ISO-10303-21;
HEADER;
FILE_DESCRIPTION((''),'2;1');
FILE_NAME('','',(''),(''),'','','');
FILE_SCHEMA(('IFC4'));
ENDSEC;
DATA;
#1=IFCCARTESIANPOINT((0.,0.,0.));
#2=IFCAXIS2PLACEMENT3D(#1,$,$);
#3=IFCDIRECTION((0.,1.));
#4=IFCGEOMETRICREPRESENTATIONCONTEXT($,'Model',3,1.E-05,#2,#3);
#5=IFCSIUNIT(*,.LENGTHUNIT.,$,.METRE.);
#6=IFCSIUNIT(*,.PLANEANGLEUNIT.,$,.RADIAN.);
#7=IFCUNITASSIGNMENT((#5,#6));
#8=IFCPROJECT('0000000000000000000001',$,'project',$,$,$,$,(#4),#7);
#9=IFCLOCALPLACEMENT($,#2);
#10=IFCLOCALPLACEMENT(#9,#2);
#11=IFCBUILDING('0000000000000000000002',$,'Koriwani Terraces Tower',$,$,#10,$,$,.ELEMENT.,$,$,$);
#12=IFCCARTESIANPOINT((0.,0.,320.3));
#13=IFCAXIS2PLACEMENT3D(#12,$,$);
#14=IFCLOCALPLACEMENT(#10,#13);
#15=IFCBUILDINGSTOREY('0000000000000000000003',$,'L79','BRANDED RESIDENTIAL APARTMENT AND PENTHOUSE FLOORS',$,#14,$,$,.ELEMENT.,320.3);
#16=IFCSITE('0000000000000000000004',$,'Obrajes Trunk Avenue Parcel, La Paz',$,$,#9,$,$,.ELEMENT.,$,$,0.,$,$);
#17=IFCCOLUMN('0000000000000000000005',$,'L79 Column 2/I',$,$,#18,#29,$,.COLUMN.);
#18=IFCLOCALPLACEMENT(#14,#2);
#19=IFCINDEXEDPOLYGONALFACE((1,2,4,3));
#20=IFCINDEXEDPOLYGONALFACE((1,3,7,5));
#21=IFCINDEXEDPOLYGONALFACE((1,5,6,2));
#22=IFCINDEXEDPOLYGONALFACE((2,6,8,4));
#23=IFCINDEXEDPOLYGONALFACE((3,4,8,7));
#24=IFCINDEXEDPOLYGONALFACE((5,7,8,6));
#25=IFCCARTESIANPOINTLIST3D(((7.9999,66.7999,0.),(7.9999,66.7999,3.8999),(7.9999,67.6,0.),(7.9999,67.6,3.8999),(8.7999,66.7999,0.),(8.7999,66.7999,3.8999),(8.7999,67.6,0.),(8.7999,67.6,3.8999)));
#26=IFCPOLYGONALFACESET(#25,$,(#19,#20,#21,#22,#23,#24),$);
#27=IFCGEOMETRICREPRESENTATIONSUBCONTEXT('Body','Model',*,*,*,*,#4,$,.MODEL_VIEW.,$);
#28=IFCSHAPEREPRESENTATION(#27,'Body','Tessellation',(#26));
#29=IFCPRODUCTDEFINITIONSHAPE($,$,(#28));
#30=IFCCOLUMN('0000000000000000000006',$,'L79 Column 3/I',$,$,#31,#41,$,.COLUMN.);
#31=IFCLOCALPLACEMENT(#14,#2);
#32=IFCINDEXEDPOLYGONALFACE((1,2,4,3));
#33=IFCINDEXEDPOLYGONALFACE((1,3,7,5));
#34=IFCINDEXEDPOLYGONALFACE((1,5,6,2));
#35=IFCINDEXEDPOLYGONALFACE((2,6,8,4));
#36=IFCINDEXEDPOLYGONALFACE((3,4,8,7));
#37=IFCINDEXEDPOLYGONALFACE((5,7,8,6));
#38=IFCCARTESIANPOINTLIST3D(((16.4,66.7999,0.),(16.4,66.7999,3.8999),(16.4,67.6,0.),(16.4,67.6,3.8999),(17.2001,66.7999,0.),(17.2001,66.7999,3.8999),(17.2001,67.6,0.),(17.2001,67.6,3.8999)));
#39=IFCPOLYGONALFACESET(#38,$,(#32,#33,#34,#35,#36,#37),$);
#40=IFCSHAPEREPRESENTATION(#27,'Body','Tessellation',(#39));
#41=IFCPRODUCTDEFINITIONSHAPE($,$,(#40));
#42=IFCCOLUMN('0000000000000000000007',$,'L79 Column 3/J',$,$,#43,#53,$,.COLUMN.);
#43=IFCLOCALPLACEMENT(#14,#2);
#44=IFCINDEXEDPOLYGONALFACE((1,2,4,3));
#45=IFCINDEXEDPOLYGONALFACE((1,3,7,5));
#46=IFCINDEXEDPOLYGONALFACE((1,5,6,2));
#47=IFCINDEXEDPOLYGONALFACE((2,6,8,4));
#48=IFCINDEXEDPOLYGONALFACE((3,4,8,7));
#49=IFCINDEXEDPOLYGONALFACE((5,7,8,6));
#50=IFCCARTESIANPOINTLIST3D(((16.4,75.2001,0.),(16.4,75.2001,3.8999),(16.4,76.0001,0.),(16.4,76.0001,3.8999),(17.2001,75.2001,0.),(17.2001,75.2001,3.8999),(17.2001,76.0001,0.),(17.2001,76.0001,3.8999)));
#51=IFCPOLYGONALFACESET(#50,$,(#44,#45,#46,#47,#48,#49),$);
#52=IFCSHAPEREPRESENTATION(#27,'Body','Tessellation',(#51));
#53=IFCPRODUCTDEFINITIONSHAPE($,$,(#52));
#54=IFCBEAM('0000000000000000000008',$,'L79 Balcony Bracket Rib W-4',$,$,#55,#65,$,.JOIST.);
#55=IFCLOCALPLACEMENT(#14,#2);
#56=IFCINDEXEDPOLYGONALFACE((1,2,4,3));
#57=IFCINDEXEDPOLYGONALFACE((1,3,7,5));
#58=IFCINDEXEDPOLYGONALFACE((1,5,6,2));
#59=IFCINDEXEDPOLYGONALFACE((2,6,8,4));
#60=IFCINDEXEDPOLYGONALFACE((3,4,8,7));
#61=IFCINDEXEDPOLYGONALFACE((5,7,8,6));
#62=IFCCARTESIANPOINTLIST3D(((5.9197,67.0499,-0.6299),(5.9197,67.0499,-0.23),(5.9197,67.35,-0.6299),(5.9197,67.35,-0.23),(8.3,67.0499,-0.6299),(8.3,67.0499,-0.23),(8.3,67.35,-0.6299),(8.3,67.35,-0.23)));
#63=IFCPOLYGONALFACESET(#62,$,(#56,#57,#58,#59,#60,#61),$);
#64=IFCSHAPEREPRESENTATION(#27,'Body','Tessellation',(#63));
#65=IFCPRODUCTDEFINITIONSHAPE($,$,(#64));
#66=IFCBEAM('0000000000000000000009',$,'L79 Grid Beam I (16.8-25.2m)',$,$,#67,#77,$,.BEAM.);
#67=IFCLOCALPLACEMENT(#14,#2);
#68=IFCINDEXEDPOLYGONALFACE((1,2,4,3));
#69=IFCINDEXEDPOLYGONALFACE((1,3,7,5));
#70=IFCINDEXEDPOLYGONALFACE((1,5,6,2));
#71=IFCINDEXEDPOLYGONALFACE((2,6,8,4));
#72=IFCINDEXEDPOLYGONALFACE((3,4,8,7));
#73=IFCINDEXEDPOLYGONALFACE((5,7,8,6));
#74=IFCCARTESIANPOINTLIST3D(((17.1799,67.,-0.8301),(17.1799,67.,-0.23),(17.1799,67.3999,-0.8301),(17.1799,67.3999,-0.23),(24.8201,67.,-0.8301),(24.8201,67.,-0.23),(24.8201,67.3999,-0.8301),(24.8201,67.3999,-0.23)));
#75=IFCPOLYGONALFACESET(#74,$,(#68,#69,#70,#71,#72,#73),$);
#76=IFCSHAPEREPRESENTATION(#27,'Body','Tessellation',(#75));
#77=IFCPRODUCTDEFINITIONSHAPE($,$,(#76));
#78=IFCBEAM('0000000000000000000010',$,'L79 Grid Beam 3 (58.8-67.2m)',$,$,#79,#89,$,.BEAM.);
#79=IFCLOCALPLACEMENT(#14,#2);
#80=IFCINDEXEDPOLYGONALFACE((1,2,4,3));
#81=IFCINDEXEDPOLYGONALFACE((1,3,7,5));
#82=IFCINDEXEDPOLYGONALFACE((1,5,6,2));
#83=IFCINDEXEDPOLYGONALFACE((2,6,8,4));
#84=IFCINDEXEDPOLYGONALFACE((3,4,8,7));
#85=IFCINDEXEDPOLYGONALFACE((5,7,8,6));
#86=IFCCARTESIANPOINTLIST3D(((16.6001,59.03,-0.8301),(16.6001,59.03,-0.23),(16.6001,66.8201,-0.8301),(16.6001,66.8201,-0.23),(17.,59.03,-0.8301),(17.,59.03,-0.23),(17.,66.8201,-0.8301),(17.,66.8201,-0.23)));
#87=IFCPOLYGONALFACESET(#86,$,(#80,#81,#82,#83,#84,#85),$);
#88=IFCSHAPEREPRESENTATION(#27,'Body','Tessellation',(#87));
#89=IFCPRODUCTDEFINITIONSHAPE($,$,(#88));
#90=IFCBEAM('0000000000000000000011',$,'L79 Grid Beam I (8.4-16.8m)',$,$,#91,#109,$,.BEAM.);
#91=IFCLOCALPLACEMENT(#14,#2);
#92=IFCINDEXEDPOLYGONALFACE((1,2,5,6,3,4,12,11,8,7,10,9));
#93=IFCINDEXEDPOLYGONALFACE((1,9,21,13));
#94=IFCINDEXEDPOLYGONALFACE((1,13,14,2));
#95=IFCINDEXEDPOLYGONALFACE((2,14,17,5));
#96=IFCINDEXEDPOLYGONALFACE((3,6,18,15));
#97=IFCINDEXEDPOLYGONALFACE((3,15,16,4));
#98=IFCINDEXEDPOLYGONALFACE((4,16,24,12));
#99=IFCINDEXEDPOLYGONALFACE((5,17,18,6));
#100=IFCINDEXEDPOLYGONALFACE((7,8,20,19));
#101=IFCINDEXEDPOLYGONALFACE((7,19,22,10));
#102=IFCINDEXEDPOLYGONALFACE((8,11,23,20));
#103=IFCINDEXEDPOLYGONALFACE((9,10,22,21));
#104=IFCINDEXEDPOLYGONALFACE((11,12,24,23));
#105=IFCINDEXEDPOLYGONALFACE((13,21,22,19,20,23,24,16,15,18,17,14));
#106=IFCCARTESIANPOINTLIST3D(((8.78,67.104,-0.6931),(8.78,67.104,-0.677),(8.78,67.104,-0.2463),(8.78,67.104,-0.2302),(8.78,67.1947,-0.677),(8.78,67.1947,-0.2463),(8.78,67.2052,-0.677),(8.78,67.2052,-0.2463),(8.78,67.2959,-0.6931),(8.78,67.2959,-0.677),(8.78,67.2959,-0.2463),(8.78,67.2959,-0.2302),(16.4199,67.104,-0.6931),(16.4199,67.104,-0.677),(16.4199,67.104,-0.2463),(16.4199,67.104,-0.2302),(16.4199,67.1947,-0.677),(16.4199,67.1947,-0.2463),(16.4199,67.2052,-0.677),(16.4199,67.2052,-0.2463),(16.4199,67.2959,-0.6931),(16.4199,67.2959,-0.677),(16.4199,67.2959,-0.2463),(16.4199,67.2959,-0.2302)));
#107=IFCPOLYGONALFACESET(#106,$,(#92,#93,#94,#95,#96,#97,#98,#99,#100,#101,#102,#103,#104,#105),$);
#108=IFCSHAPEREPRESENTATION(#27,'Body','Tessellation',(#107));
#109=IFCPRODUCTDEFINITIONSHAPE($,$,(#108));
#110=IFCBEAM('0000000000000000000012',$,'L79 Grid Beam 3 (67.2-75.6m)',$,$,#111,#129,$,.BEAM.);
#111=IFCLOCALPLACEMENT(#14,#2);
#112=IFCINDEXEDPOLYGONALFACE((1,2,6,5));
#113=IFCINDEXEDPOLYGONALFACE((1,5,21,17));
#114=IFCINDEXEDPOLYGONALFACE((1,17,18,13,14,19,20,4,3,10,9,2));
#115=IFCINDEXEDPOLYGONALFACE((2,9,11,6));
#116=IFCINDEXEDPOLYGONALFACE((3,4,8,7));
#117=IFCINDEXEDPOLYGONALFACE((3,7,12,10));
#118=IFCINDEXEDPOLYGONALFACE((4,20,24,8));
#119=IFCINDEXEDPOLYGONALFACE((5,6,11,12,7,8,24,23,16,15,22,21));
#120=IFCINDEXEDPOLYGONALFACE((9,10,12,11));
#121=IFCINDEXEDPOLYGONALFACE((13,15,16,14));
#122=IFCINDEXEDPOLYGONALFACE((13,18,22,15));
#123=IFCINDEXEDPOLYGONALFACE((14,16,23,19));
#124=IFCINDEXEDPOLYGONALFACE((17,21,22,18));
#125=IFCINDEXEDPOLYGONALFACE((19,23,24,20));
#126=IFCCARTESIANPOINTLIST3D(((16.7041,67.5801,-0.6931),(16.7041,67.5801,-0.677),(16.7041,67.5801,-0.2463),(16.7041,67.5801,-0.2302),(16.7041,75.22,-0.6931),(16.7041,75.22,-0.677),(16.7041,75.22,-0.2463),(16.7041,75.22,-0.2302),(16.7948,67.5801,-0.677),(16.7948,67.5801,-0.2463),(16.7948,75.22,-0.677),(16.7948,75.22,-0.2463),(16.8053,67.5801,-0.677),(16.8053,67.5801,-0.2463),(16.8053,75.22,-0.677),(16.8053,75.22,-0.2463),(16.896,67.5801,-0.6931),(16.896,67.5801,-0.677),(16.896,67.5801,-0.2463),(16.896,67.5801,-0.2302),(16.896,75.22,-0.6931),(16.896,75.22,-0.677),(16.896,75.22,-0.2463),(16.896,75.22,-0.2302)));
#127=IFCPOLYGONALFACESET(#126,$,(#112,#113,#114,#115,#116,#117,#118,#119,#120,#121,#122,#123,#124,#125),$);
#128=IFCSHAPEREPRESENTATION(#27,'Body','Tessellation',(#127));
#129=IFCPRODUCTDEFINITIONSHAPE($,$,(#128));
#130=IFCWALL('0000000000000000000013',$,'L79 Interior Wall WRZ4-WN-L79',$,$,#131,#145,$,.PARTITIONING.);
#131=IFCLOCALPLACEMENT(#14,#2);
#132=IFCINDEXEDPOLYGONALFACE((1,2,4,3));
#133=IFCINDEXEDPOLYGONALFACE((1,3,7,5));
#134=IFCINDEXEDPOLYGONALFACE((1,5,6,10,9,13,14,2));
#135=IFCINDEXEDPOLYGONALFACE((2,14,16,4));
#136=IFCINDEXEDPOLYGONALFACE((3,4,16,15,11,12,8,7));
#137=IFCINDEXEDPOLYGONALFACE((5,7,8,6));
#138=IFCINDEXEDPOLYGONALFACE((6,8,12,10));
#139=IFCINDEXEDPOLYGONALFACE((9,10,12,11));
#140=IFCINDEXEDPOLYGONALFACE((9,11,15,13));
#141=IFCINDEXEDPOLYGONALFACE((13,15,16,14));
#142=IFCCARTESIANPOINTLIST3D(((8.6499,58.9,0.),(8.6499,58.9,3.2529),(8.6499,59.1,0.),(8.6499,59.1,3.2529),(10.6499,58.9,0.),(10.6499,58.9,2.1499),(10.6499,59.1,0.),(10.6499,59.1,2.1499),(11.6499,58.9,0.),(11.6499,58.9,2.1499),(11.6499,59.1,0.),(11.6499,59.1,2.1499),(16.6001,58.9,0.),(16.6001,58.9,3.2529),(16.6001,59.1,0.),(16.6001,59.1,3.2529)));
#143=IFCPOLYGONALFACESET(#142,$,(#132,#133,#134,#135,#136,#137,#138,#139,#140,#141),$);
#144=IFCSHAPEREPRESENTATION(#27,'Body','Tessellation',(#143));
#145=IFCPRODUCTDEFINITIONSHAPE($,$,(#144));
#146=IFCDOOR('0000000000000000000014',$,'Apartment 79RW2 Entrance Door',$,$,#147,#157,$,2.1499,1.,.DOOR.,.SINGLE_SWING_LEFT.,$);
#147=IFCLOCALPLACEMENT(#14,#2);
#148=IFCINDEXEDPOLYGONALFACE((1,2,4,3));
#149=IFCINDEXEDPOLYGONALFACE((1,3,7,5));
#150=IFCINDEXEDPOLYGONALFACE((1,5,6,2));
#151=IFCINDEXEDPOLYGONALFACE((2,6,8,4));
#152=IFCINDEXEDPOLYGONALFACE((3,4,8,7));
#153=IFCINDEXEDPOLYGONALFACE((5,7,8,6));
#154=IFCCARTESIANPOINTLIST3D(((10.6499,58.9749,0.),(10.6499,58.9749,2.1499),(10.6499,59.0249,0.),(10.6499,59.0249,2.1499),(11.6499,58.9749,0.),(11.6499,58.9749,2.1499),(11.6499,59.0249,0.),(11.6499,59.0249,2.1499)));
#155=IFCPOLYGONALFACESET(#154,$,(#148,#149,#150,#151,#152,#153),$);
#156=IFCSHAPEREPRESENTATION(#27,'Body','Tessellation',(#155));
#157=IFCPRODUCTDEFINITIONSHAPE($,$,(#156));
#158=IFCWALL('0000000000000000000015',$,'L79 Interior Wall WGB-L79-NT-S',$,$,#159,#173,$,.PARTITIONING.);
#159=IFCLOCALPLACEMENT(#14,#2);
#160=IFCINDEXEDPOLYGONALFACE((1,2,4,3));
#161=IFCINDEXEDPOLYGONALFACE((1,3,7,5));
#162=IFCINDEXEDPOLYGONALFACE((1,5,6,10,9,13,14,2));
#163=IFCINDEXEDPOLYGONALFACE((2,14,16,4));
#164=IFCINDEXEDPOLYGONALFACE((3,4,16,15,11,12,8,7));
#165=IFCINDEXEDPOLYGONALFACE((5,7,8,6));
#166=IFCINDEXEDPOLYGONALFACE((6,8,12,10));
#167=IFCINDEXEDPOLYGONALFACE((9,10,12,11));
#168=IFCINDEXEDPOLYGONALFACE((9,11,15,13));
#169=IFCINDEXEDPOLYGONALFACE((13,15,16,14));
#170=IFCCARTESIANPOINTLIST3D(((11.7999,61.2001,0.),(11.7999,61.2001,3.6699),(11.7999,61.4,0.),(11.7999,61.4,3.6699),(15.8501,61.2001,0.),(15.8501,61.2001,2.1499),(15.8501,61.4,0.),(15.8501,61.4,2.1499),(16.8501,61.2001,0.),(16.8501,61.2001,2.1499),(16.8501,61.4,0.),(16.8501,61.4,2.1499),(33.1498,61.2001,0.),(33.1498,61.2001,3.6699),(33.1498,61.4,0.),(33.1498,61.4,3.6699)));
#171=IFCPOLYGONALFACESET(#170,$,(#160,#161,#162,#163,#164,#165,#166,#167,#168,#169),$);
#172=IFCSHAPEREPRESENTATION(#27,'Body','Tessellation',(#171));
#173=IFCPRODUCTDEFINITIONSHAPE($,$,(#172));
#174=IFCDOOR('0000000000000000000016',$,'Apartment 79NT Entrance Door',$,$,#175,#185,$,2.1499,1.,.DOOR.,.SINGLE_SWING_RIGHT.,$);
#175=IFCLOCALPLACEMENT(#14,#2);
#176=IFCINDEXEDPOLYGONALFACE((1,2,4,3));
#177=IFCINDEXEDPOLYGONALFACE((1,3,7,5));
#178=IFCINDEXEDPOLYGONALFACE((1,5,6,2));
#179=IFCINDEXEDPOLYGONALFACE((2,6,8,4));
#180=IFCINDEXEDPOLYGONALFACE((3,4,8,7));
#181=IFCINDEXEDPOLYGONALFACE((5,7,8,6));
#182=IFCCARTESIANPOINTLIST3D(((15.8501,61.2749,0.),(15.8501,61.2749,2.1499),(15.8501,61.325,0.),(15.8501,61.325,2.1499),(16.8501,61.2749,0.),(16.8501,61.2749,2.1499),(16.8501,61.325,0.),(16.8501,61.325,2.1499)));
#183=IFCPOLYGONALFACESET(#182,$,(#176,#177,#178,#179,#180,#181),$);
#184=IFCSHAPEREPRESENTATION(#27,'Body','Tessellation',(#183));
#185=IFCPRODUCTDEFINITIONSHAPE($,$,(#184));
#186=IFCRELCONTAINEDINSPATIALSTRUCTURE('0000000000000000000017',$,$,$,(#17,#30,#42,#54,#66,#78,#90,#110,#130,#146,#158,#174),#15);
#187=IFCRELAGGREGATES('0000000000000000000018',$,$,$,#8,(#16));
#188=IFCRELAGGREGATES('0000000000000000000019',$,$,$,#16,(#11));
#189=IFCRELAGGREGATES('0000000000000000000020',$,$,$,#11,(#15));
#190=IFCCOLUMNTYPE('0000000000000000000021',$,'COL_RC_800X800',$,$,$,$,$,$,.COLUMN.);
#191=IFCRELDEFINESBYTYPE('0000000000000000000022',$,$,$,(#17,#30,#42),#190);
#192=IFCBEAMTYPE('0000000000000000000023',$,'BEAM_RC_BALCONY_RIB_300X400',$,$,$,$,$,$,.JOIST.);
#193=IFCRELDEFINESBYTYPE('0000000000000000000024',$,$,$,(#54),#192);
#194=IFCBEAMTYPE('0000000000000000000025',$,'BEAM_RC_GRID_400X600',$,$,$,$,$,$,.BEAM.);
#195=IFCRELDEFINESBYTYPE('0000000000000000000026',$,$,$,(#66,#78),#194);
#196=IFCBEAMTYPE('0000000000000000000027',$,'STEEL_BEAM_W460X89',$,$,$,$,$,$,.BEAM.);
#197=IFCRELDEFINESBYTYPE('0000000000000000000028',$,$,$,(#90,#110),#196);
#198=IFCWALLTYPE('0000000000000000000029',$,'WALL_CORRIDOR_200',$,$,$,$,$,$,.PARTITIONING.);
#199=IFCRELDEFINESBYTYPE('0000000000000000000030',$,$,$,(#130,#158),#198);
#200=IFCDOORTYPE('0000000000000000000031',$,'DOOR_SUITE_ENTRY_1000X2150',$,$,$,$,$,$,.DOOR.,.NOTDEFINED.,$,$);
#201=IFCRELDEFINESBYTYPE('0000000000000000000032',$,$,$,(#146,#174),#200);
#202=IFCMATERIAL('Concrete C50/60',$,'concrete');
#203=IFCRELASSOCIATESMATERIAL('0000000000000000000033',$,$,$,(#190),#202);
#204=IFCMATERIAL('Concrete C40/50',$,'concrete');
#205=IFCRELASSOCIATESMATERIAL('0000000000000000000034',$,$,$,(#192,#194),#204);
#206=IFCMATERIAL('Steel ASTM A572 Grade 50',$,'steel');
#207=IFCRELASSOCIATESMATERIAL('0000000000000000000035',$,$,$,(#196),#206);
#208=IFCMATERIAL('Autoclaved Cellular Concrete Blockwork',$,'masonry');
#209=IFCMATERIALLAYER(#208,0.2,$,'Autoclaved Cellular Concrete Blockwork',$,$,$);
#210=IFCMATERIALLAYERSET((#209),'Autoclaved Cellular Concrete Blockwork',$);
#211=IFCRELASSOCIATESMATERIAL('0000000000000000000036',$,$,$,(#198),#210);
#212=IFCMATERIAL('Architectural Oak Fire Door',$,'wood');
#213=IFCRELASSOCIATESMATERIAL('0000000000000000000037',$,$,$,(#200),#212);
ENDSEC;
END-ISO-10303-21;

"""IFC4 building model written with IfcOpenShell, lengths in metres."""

from ifc_helpers import new_model, si_unit, direction, frame, frame_2d, origin, origin_2d, place, context, subcontext, project, spatial, rectangle, i_section, extrude, material, layer, layer_set, material_profile, profile_set, type_object, element, fill, save


model = new_model("IFC4")

# Units and contexts
model_context = context("Model", 3, precision=1e-05, world=origin(), true_north=direction((0.0, 1.0)))
body_context = subcontext(model_context, "Body", "Model", "MODEL_VIEW")
ifc_project = project(units=[si_unit("LENGTHUNIT", "METRE"), si_unit("PLANEANGLEUNIT", "RADIAN")], contexts=[model_context])

# Site, building, storey
site_placement = place(None, origin())
site = spatial("IfcSite", under=ifc_project, at=site_placement, Name="Obrajes Trunk Avenue Parcel, La Paz", CompositionType="ELEMENT", RefElevation=0.0)
building_placement = place(site_placement, origin())
building = spatial("IfcBuilding", under=site, at=building_placement, Name="Koriwani Terraces Tower", CompositionType="ELEMENT")
storey_placement = place(building_placement, frame((0.0, 0.0, 320.3)))
storey = spatial("IfcBuildingStorey", under=building, at=storey_placement, Name="L79", Description="BRANDED RESIDENTIAL APARTMENT AND PENTHOUSE FLOORS", CompositionType="ELEMENT", Elevation=320.3)

# Columns
ifc_material_1 = material(Name="Concrete C50/60", Category="concrete")
ifc_material_profile_1 = material_profile(ifc_material_1, rectangle(XDim=0.8, YDim=0.8, at=origin_2d()), Name="Concrete C50/60", Category="LoadBearing")
ifc_profile_set_1 = profile_set([ifc_material_profile_1], Name="Concrete C50/60")
column_type = type_object("IfcColumnType", Name="COL_RC_800X800", PredefinedType="COLUMN", material=ifc_profile_set_1)
for number, where, z_axis, x_axis, name in (
    (1, (8.3999, 67.2, 0.0), (0.0, 0.0, 1.0), (1.0, 0.0, 0.0), "L79 Column 2/I"),
    (2, (16.8, 67.2, 0.0), (0.0, 0.0, 1.0), (1.0, 0.0, 0.0), "L79 Column 3/I"),
    (3, (16.8, 75.6001, 0.0), (0.0, 0.0, 1.0), (1.0, 0.0, 0.0), "L79 Column 3/J"),
):
    element("IfcColumn", number, at=place(storey_placement, frame(where, z_axis=z_axis, x_axis=x_axis)), inside=storey, type_object=column_type, Name=name, PredefinedType="COLUMN", context=body_context, shape_type="SweptSolid", body=[
        extrude(rectangle(XDim=0.8, YDim=0.8, at=origin_2d()), origin(), (0.0, 0.0, 1.0), 3.8999),
    ])

# Beams
ifc_material_2 = material(Name="Concrete C40/50", Category="concrete")
ifc_material_profile_2 = material_profile(ifc_material_2, rectangle(XDim=0.3, YDim=0.3999, at=origin_2d()), Name="Concrete C40/50", Category="LoadBearing")
ifc_profile_set_2 = profile_set([ifc_material_profile_2], Name="Concrete C40/50")
beam_type_1 = type_object("IfcBeamType", Name="BEAM_RC_BALCONY_RIB_300X400", PredefinedType="JOIST", material=ifc_profile_set_2)
beam_1_placement = place(storey_placement, frame((5.9197, 67.2, -0.4299), z_axis=(1.0, 0.0, 0.0), x_axis=(0.0, 1.0, 0.0)))
element("IfcBeam", 4, at=beam_1_placement, inside=storey, type_object=beam_type_1, Name="L79 Balcony Bracket Rib W-4", PredefinedType="JOIST", context=body_context, shape_type="SweptSolid", body=[
    extrude(rectangle(XDim=0.3, YDim=0.3999, at=origin_2d()), origin(), (0.0, 0.0, 1.0), 2.3804),
])
ifc_material_profile_3 = material_profile(ifc_material_2, rectangle(XDim=0.3999, YDim=0.6001, at=origin_2d()), Name="Concrete C40/50", Category="LoadBearing")
ifc_profile_set_3 = profile_set([ifc_material_profile_3], Name="Concrete C40/50")
beam_type_2 = type_object("IfcBeamType", Name="BEAM_RC_GRID_400X600", PredefinedType="BEAM", material=ifc_profile_set_3)
beam_2_placement = place(storey_placement, frame((17.1799, 67.2, -0.53), z_axis=(1.0, 0.0, 0.0), x_axis=(0.0, 1.0, 0.0)))
element("IfcBeam", 5, at=beam_2_placement, inside=storey, type_object=beam_type_2, Name="L79 Grid Beam I (16.8-25.2m)", PredefinedType="BEAM", context=body_context, shape_type="SweptSolid", body=[
    extrude(rectangle(XDim=0.3999, YDim=0.6001, at=origin_2d()), origin(), (0.0, 0.0, 1.0), 7.6401),
])
beam_3_placement = place(storey_placement, frame((16.8, 59.03, -0.53), z_axis=(0.0, 1.0, 0.0), x_axis=(-1.0, 0.0, 0.0)))
element("IfcBeam", 6, at=beam_3_placement, inside=storey, type_object=beam_type_2, Name="L79 Grid Beam 3 (58.8-67.2m)", PredefinedType="BEAM", context=body_context, shape_type="SweptSolid", body=[
    extrude(rectangle(XDim=0.3999, YDim=0.6001, at=origin_2d()), origin(), (0.0, 0.0, 1.0), 7.79),
])
ifc_material_3 = material(Name="Steel ASTM A572 Grade 50", Category="steel")
ifc_material_profile_4 = material_profile(ifc_material_3, i_section(OverallWidth=0.1919, OverallDepth=0.4629, WebThickness=0.0105, FlangeThickness=0.0161, at=origin_2d()), Name="Steel ASTM A572 Grade 50", Category="LoadBearing")
ifc_profile_set_4 = profile_set([ifc_material_profile_4], Name="Steel ASTM A572 Grade 50")
beam_type_3 = type_object("IfcBeamType", Name="STEEL_BEAM_W460X89", PredefinedType="BEAM", material=ifc_profile_set_4)
for number, where, z_axis, x_axis, name in (
    (7, (8.78, 67.2, -0.4617), (1.0, 0.0, 0.0), (0.0, 1.0, 0.0), "L79 Grid Beam I (8.4-16.8m)"),
    (8, (16.8, 67.5801, -0.4617), (0.0, 1.0, 0.0), (-1.0, 0.0, 0.0), "L79 Grid Beam 3 (67.2-75.6m)"),
):
    element("IfcBeam", number, at=place(storey_placement, frame(where, z_axis=z_axis, x_axis=x_axis)), inside=storey, type_object=beam_type_3, Name=name, PredefinedType="BEAM", context=body_context, shape_type="SweptSolid", body=[
        extrude(i_section(OverallWidth=0.1919, OverallDepth=0.4629, WebThickness=0.0105, FlangeThickness=0.0161, at=origin_2d()), origin(), (0.0, 0.0, 1.0), 7.6399),
    ])

# Walls, openings, doors
ifc_material_4 = material(Name="Autoclaved Cellular Concrete Blockwork", Category="masonry")
ifc_layer_1 = layer(ifc_material_4, 0.2, Name="Autoclaved Cellular Concrete Blockwork")
ifc_layer_set_1 = layer_set([ifc_layer_1], Name="Autoclaved Cellular Concrete Blockwork")
wall_type_1 = type_object("IfcWallType", Name="WALL_CORRIDOR_200", PredefinedType="PARTITIONING", material=ifc_layer_set_1)
wall_1_placement = place(storey_placement, frame((8.6499, 59.0, 0.0), z_axis=(0.0, 0.0, 1.0), x_axis=(1.0, 0.0, 0.0)))
wall_1 = element("IfcWall", 9, at=wall_1_placement, inside=storey, type_object=wall_type_1, Name="L79 Interior Wall WRZ4-WN-L79", PredefinedType="PARTITIONING", context=body_context, shape_type="SweptSolid", body=[
    extrude(rectangle(XDim=7.9502, YDim=0.2, at=frame_2d((3.9751, 0.0))), origin(), (0.0, 0.0, 1.0), 3.2529),
])
opening_1_placement = place(wall_1_placement, frame((2.0, 0.0, 0.0)))
opening_1 = element("IfcOpeningElement", 10, at=opening_1_placement, cuts=wall_1, PredefinedType="OPENING", context=body_context, shape_type="SweptSolid", body=[
    extrude(rectangle(XDim=1.0, YDim=2.1499, at=frame_2d((0.5, 1.075))), frame((0.0, 0.1099, 0.0), z_axis=(0.0, -1.0, 0.0), x_axis=(1.0, 0.0, 0.0)), (0.0, 0.0, 1.0), 0.22),
])
ifc_material_5 = material(Name="Architectural Oak Fire Door", Category="wood")
door_type_1 = type_object("IfcDoorType", Name="DOOR_SUITE_ENTRY_1000X2150", OperationType="NOTDEFINED", PredefinedType="DOOR", material=ifc_material_5)
door_1_placement = place(opening_1_placement, origin())
door_1 = element("IfcDoor", 11, at=door_1_placement, inside=storey, type_object=door_type_1, Name="Apartment 79RW2 Entrance Door", OperationType="SINGLE_SWING_LEFT", OverallHeight=2.1499, OverallWidth=1.0, PredefinedType="DOOR", context=body_context, shape_type="SweptSolid", body=[
    extrude(rectangle(XDim=1.0, YDim=2.1499, at=frame_2d((0.5, 1.075))), frame((0.0, 0.0249, 0.0), z_axis=(0.0, -1.0, 0.0), x_axis=(1.0, 0.0, 0.0)), (0.0, 0.0, 1.0), 0.05),
])
fill(opening_1, door_1)
wall_2_placement = place(storey_placement, frame((11.8, 61.3, 0.0), z_axis=(0.0, 0.0, 1.0), x_axis=(1.0, 0.0, 0.0)))
wall_2 = element("IfcWall", 12, at=wall_2_placement, inside=storey, type_object=wall_type_1, Name="L79 Interior Wall WGB-L79-NT-S", PredefinedType="PARTITIONING", context=body_context, shape_type="SweptSolid", body=[
    extrude(rectangle(XDim=21.3499, YDim=0.2, at=frame_2d((10.6748, 0.0))), origin(), (0.0, 0.0, 1.0), 3.6699),
])
opening_2_placement = place(wall_2_placement, frame((4.05, 0.0, 0.0)))
opening_2 = element("IfcOpeningElement", 13, at=opening_2_placement, cuts=wall_2, PredefinedType="OPENING", context=body_context, shape_type="SweptSolid", body=[
    extrude(rectangle(XDim=1.0, YDim=2.1499, at=frame_2d((0.5, 1.075))), frame((0.0, 0.1099, 0.0), z_axis=(0.0, -1.0, 0.0), x_axis=(1.0, 0.0, 0.0)), (0.0, 0.0, 1.0), 0.22),
])
door_2_placement = place(opening_2_placement, origin())
door_2 = element("IfcDoor", 14, at=door_2_placement, inside=storey, type_object=door_type_1, Name="Apartment 79NT Entrance Door", OperationType="SINGLE_SWING_RIGHT", OverallHeight=2.1499, OverallWidth=1.0, PredefinedType="DOOR", context=body_context, shape_type="SweptSolid", body=[
    extrude(rectangle(XDim=1.0, YDim=2.1499, at=frame_2d((0.5, 1.075))), frame((0.0, 0.0249, 0.0), z_axis=(0.0, -1.0, 0.0), x_axis=(1.0, 0.0, 0.0)), (0.0, 0.0, 1.0), 0.05),
])
fill(opening_2, door_2)

save(model, "model.ifc")
